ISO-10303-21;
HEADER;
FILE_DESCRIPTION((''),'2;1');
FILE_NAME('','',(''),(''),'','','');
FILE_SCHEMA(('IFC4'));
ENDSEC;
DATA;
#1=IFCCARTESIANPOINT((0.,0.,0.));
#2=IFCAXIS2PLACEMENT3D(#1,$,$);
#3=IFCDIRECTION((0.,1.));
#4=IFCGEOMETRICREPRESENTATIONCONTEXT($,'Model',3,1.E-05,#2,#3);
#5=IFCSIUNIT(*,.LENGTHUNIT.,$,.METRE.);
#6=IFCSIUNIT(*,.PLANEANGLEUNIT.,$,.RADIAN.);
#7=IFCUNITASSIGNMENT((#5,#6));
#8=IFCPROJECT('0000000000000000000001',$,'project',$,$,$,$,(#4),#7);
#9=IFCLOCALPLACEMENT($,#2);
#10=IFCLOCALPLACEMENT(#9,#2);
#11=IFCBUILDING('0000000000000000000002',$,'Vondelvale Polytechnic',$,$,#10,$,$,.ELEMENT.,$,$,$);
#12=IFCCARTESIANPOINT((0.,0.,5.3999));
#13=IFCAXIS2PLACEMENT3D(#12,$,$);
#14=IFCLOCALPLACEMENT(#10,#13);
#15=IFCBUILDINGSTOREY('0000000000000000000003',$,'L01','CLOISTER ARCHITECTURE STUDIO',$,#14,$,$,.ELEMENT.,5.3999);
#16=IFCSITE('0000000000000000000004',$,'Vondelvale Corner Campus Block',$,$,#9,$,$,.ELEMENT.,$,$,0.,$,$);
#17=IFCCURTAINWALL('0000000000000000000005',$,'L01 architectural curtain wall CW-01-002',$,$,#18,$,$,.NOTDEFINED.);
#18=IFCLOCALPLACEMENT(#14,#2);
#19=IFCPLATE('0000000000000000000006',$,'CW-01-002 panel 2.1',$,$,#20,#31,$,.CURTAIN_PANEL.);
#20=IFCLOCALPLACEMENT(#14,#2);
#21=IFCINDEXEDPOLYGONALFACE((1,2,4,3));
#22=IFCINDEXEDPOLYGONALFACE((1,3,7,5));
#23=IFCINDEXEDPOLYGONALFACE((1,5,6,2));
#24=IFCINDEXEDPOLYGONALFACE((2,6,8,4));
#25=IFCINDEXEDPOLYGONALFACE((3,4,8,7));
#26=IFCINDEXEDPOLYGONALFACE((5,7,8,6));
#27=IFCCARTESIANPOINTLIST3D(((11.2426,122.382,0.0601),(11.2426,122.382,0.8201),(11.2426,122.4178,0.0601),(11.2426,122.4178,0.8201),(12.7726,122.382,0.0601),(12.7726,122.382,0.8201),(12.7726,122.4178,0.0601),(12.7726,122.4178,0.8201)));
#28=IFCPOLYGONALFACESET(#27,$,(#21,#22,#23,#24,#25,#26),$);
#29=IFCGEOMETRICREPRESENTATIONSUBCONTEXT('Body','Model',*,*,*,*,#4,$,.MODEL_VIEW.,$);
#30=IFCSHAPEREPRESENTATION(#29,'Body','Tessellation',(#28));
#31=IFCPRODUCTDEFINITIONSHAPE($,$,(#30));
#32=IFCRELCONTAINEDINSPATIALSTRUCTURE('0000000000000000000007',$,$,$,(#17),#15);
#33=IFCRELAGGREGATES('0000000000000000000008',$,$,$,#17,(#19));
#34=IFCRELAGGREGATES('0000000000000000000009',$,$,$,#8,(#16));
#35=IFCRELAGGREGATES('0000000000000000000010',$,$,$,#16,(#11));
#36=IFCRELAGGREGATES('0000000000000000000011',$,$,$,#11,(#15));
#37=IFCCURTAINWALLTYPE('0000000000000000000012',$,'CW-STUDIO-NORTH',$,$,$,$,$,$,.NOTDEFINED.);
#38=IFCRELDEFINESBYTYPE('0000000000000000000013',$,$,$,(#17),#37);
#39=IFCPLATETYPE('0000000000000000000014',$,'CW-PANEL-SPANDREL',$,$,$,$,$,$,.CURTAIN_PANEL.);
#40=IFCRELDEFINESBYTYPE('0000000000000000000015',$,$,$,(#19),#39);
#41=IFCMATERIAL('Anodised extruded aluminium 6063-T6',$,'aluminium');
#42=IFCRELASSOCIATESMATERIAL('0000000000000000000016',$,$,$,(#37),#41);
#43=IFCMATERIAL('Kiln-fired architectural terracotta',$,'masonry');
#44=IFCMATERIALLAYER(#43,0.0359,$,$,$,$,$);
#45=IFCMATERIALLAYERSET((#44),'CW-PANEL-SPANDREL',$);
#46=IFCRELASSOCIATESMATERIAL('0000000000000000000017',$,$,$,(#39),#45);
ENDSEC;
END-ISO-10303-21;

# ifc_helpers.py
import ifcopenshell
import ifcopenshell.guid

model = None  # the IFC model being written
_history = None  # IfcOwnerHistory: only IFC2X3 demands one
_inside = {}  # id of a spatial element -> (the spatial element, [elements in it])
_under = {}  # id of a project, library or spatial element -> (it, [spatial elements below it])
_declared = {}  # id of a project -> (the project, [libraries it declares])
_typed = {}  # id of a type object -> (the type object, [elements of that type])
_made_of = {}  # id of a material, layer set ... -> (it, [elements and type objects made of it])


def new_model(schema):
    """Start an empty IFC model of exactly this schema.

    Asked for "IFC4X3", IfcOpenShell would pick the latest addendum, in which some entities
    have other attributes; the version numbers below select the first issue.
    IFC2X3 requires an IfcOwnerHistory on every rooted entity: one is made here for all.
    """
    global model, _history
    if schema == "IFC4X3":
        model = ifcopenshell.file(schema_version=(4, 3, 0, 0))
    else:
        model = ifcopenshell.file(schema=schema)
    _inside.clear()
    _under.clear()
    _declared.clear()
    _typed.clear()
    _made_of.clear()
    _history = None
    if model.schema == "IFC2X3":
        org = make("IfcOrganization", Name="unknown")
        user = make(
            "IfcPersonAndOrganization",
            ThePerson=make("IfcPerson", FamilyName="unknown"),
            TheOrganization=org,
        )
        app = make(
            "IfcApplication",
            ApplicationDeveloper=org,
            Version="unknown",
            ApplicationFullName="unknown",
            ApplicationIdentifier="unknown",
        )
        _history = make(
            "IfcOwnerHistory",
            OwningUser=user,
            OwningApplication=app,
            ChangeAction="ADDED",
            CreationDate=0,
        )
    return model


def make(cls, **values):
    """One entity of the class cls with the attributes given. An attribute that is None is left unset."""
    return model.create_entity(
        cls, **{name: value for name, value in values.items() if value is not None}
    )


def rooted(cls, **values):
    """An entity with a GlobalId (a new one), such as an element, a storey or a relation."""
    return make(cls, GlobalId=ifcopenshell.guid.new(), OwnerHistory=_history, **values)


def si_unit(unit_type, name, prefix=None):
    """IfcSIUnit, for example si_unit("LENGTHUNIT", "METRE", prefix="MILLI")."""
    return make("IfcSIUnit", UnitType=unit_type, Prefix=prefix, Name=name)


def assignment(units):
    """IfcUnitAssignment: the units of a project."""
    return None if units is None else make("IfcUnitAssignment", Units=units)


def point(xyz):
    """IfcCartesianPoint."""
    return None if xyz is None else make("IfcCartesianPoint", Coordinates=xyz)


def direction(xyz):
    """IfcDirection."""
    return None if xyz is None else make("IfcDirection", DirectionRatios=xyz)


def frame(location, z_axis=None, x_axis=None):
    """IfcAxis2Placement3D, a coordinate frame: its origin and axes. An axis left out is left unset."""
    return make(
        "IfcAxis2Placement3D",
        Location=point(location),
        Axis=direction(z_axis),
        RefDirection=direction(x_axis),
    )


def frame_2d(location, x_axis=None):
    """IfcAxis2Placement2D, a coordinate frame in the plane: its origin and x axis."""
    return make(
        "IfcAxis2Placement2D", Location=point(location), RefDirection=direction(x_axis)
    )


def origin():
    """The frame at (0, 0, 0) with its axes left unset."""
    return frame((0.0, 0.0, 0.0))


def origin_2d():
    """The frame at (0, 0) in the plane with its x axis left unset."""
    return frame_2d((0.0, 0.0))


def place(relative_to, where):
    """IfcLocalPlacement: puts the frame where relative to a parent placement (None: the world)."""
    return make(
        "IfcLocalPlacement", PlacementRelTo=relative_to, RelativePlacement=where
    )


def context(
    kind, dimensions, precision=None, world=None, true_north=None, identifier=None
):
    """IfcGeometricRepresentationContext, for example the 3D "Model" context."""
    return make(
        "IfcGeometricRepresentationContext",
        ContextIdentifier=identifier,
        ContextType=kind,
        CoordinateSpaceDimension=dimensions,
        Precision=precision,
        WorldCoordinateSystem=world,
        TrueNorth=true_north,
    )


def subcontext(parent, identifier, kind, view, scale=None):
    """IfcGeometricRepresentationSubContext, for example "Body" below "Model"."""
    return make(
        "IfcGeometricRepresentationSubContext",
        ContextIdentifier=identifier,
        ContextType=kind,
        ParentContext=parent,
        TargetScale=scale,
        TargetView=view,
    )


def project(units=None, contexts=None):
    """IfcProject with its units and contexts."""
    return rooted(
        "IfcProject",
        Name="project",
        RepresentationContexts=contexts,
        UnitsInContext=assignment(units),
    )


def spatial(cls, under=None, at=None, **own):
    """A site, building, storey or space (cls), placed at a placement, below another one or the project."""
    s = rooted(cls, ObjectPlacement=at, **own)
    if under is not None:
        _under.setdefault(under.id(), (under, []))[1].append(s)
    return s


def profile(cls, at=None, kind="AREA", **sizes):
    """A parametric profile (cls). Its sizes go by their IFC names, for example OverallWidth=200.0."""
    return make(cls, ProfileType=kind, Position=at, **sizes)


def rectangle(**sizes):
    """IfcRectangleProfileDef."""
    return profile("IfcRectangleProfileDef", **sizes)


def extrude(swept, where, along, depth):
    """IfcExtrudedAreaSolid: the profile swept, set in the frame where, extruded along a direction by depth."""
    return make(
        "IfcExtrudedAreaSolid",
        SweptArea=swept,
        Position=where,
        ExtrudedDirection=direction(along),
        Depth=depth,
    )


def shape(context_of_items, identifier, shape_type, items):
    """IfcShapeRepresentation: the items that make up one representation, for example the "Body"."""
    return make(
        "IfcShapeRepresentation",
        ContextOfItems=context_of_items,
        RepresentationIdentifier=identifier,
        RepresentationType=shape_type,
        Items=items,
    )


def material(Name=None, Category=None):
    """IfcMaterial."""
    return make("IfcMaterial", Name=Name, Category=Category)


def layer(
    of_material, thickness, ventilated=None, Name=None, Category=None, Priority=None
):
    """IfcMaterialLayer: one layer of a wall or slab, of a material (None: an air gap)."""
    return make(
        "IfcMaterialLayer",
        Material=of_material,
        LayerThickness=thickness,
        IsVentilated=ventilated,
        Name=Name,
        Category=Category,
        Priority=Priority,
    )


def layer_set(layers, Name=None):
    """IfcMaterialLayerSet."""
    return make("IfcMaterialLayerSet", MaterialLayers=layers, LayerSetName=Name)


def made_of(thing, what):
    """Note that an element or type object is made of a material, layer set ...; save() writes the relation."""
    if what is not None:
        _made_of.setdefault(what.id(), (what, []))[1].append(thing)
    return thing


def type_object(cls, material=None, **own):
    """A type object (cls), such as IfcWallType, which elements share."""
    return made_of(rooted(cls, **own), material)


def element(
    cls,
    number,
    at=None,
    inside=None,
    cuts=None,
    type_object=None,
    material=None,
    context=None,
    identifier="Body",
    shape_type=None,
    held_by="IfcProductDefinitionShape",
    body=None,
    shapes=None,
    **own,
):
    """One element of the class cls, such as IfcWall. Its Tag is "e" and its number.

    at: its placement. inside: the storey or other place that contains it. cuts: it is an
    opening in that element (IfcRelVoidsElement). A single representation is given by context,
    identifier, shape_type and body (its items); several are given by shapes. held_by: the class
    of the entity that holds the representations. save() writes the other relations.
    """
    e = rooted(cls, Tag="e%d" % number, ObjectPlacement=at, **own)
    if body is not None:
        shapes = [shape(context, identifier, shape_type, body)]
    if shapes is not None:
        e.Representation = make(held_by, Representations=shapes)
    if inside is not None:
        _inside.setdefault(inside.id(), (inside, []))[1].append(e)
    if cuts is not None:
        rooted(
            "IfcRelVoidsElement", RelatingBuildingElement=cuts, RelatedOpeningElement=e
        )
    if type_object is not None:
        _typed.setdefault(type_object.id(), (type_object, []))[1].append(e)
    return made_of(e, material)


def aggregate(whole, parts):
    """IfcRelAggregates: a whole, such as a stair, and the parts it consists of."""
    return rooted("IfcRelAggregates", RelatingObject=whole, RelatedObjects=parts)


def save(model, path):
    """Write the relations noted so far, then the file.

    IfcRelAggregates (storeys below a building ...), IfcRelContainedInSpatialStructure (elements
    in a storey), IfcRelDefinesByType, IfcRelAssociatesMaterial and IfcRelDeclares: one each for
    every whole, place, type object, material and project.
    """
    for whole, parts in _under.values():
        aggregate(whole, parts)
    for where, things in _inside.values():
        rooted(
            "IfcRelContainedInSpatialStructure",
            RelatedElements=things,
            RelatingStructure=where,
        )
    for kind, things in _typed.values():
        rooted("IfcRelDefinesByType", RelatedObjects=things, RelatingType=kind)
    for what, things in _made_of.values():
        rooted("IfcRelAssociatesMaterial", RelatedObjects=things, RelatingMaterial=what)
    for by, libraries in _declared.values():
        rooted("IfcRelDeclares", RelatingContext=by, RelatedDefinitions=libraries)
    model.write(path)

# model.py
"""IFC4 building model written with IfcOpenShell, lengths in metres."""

from ifc_helpers import new_model, si_unit, direction, frame, origin, origin_2d, place, context, subcontext, project, spatial, rectangle, extrude, material, layer, layer_set, type_object, element, aggregate, save


model = new_model("IFC4")

# Units and contexts
model_context = context("Model", 3, precision=1e-05, world=origin(), true_north=direction((0.0, 1.0)))
body_context = subcontext(model_context, "Body", "Model", "MODEL_VIEW")
ifc_project = project(units=[si_unit("LENGTHUNIT", "METRE"), si_unit("PLANEANGLEUNIT", "RADIAN")], contexts=[model_context])

# Site, building, storey
site_placement = place(None, origin())
site = spatial("IfcSite", under=ifc_project, at=site_placement, Name="Vondelvale Corner Campus Block", CompositionType="ELEMENT", RefElevation=0.0)
building_placement = place(site_placement, origin())
building = spatial("IfcBuilding", under=site, at=building_placement, Name="Vondelvale Polytechnic", CompositionType="ELEMENT")
storey_placement = place(building_placement, frame((0.0, 0.0, 5.3999)))
storey = spatial("IfcBuildingStorey", under=building, at=storey_placement, Name="L01", Description="CLOISTER ARCHITECTURE STUDIO", CompositionType="ELEMENT", Elevation=5.3999)

# Curtain wall
ifc_material_1 = material(Name="Anodised extruded aluminium 6063-T6", Category="aluminium")
curtain_wall_type = type_object("IfcCurtainWallType", Name="CW-STUDIO-NORTH", PredefinedType="NOTDEFINED", material=ifc_material_1)
curtain_wall_1_placement = place(storey_placement, origin())
curtain_wall_1 = element("IfcCurtainWall", 1, at=curtain_wall_1_placement, inside=storey, type_object=curtain_wall_type, Name="L01 architectural curtain wall CW-01-002", PredefinedType="NOTDEFINED")

# Plate
ifc_material_2 = material(Name="Kiln-fired architectural terracotta", Category="masonry")
ifc_layer_1 = layer(ifc_material_2, 0.0359)
ifc_layer_set_1 = layer_set([ifc_layer_1], Name="CW-PANEL-SPANDREL")
plate_type_1 = type_object("IfcPlateType", Name="CW-PANEL-SPANDREL", PredefinedType="CURTAIN_PANEL", material=ifc_layer_set_1)
plate_1_placement = place(storey_placement, frame((12.0076, 122.3999, 0.0601), z_axis=(0.0, 0.0, 1.0), x_axis=(1.0, 0.0, 0.0)))
plate_1 = element("IfcPlate", 2, at=plate_1_placement, type_object=plate_type_1, Name="CW-01-002 panel 2.1", PredefinedType="CURTAIN_PANEL", context=body_context, shape_type="SweptSolid", body=[
    extrude(rectangle(XDim=1.53, YDim=0.0359, at=origin_2d()), origin(), (0.0, 0.0, 1.0), 0.76),
])
aggregate(curtain_wall_1, [plate_1])

save(model, "model.ifc")
